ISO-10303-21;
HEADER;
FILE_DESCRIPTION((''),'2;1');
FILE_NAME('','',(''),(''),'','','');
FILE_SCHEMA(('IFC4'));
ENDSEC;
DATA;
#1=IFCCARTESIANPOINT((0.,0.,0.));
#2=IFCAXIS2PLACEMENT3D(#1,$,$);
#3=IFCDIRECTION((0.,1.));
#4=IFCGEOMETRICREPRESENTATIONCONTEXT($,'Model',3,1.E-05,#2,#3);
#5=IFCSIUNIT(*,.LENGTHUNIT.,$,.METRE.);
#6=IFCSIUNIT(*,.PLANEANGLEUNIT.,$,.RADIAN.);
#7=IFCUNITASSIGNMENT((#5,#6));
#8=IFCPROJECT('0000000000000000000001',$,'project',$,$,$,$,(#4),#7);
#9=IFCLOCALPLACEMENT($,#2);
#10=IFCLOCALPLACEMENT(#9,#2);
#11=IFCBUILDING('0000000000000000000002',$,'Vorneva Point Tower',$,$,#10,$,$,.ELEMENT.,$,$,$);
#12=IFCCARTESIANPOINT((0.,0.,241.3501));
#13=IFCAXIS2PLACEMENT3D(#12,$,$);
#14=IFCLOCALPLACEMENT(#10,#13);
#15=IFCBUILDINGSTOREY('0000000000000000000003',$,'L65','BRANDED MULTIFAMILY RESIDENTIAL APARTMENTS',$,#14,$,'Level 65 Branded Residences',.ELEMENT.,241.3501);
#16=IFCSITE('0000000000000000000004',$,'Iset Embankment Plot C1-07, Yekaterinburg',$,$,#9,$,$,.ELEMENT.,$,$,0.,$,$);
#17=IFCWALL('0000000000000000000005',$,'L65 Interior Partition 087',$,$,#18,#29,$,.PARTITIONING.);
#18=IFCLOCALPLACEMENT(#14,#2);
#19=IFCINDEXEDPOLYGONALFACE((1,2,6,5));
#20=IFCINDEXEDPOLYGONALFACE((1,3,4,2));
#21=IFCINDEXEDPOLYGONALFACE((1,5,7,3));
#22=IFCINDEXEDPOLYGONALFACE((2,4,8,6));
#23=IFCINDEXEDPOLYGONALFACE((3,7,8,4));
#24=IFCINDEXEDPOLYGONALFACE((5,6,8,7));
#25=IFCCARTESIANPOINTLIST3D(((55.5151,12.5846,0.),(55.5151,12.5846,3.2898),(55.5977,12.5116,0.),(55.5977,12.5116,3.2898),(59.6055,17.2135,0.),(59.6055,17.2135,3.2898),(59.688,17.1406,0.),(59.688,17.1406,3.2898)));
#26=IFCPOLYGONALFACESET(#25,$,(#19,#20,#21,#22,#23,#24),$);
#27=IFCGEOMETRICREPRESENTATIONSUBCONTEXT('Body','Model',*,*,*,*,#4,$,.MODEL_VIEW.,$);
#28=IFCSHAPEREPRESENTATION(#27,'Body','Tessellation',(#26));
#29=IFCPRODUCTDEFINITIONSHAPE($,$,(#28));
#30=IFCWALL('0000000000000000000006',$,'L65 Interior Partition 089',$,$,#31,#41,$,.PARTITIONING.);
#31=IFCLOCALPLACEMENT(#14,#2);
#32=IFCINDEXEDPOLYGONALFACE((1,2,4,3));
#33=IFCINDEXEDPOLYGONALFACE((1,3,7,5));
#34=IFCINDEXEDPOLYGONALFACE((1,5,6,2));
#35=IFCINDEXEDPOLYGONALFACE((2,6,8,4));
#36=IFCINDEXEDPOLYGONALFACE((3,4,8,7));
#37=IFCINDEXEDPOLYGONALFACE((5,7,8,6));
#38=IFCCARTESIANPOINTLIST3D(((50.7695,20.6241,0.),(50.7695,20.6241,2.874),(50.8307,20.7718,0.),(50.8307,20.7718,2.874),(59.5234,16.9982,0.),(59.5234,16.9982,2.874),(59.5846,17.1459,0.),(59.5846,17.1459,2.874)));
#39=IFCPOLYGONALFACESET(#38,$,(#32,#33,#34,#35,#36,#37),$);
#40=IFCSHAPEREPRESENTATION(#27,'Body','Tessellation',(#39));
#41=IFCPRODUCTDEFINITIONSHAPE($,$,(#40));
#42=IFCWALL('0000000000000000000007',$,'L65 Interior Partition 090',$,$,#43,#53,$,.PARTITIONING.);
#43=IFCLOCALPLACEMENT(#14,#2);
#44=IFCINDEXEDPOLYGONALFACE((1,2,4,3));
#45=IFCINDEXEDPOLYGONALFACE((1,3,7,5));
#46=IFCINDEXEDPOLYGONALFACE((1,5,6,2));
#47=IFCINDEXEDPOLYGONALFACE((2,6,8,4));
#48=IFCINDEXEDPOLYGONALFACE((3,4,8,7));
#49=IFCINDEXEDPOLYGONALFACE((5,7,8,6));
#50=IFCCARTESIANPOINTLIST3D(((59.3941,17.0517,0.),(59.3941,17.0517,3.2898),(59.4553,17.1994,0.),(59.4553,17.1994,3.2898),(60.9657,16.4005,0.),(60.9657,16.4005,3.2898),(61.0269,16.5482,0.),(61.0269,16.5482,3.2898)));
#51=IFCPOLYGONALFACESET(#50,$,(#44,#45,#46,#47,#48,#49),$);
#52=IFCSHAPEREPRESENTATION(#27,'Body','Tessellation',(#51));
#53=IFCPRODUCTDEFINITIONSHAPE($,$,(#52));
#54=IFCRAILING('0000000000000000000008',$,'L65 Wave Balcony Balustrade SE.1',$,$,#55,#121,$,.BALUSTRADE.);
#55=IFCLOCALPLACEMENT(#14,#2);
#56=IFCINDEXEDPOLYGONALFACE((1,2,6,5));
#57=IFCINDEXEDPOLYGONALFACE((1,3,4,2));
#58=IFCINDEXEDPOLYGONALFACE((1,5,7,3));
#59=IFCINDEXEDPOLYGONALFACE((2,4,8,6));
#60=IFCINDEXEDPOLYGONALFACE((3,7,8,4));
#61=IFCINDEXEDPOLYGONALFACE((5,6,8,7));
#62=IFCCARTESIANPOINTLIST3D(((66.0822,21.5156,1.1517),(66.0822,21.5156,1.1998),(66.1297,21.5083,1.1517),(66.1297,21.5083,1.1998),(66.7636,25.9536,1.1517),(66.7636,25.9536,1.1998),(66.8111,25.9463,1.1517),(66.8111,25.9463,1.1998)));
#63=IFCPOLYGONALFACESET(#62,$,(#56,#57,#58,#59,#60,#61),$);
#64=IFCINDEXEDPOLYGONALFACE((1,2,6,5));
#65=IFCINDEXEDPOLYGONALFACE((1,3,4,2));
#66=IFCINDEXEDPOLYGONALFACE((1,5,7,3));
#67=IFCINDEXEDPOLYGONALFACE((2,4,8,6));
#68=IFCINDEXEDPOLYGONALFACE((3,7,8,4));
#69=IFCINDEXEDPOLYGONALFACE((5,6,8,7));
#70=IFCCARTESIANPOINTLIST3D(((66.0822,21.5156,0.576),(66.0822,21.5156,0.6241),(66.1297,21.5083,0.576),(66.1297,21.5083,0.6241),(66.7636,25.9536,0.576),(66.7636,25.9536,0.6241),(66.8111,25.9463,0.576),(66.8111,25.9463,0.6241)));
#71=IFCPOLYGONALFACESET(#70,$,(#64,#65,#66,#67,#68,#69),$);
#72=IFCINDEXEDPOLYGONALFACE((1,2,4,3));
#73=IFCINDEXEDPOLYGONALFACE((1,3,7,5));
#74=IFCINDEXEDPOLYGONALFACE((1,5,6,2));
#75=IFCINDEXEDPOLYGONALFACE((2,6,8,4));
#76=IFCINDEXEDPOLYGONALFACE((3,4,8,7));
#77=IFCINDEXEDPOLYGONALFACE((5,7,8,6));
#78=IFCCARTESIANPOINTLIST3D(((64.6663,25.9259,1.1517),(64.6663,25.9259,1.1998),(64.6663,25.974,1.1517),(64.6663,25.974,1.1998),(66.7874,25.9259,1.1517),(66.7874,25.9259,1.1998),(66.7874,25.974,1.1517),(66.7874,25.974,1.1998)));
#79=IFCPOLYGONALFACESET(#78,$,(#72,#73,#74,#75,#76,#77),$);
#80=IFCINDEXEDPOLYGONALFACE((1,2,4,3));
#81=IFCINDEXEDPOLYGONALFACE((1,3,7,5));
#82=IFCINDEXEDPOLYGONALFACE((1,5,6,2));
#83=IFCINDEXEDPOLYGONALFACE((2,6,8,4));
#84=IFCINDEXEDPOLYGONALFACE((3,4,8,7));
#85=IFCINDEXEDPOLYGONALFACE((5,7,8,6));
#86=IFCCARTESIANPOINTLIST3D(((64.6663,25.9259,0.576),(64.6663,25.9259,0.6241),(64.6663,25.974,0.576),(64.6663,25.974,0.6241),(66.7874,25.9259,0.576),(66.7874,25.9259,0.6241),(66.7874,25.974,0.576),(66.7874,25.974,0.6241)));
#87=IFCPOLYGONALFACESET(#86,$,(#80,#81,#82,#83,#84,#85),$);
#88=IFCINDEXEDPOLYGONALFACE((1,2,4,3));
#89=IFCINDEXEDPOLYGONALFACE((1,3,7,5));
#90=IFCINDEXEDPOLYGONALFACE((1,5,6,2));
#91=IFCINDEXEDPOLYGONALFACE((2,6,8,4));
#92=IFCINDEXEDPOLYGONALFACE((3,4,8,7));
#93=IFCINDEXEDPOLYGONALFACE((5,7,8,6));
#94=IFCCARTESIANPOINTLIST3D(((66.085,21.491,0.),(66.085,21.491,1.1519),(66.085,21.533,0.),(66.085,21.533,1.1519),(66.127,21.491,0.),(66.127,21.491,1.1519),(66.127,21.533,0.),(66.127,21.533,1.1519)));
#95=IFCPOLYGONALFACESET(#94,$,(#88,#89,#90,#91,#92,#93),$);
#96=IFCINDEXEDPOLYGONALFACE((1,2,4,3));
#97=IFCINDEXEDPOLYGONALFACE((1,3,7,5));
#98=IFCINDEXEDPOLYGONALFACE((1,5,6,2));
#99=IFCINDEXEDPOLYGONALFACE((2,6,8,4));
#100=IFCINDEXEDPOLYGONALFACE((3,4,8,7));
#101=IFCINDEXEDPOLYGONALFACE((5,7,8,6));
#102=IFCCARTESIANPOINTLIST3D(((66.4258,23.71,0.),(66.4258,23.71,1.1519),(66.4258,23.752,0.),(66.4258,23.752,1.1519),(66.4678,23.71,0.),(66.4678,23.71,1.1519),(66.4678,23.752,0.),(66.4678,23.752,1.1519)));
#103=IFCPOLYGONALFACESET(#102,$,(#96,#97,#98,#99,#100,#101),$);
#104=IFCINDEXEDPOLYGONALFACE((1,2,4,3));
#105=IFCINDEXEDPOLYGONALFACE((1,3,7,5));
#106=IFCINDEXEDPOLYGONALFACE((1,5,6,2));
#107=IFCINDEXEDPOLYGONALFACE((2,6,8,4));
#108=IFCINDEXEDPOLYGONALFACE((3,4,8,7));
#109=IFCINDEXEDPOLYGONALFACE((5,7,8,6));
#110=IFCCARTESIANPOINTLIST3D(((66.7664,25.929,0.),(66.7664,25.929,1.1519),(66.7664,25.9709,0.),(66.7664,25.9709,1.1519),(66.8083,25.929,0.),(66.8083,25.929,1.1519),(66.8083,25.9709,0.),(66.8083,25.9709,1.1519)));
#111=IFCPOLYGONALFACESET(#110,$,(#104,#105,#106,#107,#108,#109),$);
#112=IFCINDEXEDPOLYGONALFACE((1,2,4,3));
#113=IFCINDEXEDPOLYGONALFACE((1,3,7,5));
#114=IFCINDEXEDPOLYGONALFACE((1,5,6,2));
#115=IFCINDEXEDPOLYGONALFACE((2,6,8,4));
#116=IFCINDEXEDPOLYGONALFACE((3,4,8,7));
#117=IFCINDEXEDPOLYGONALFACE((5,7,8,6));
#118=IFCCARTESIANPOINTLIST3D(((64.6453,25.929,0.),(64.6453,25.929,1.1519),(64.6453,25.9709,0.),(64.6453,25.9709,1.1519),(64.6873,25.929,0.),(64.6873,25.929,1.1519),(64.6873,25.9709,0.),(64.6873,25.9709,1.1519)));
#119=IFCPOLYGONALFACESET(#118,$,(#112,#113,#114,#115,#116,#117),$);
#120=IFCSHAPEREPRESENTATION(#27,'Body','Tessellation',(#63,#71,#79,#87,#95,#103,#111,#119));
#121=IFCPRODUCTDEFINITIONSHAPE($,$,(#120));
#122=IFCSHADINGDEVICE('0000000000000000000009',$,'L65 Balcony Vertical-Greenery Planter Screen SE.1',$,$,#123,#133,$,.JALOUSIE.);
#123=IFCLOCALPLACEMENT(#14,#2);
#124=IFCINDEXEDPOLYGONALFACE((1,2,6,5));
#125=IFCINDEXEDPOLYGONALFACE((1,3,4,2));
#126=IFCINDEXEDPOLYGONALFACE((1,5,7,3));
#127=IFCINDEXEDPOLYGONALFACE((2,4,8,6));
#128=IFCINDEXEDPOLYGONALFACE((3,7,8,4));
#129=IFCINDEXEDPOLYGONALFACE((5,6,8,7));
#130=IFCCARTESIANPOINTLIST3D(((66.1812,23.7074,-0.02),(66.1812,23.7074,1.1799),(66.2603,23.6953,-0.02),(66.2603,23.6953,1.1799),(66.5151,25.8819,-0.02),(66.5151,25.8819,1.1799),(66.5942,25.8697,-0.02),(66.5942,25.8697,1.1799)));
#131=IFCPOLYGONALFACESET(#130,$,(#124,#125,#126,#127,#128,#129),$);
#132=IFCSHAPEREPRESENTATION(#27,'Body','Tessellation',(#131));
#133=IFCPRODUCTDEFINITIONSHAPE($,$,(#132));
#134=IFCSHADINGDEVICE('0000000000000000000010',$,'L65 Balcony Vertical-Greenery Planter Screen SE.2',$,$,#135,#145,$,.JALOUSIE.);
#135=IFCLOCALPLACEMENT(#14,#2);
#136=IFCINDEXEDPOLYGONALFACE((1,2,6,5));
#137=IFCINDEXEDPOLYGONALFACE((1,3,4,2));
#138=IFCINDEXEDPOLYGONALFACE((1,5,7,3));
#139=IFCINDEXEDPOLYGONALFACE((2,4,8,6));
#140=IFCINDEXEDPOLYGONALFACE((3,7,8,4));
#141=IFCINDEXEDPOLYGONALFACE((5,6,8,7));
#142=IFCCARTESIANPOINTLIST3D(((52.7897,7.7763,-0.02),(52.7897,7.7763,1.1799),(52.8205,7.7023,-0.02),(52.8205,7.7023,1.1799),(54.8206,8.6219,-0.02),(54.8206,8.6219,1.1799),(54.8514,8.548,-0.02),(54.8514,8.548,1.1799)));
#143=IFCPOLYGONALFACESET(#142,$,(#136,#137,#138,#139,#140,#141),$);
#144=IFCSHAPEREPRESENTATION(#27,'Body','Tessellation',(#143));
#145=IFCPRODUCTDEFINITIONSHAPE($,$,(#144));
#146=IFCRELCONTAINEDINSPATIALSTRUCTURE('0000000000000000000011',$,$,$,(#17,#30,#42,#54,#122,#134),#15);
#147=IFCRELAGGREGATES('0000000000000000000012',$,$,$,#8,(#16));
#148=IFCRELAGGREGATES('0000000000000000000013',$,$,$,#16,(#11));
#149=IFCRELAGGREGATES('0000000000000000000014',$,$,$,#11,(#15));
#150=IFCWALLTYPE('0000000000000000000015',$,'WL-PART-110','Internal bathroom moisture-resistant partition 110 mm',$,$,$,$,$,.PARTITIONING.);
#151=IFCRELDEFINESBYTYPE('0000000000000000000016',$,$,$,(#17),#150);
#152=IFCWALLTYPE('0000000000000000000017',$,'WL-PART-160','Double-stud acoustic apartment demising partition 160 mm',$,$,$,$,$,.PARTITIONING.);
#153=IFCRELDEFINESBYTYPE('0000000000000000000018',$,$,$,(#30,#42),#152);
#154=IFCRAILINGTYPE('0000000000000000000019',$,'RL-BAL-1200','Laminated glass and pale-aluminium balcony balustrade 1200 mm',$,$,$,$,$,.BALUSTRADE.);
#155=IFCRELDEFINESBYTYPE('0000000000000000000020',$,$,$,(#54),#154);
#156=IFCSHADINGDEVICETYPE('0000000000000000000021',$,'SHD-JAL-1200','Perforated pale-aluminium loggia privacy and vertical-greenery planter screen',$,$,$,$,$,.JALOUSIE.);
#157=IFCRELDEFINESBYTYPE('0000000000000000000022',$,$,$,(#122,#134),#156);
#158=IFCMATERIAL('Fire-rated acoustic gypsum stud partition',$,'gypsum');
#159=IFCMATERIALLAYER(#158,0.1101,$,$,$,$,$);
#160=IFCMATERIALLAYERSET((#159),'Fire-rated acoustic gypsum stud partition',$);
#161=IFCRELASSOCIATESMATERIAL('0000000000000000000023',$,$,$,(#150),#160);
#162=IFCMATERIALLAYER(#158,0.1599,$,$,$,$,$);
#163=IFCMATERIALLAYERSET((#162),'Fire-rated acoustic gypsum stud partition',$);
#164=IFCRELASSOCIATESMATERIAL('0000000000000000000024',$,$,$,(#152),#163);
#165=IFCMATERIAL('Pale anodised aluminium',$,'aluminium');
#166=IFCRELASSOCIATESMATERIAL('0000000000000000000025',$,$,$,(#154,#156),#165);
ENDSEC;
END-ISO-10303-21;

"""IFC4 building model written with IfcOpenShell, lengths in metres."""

from ifc_helpers import new_model, si_unit, direction, frame, frame_2d, origin, origin_2d, place, context, subcontext, project, spatial, rectangle, extrude, material, layer, layer_set, type_object, element, save


model = new_model("IFC4")

# Units and contexts
model_context = context("Model", 3, precision=1e-05, world=origin(), true_north=direction((0.0, 1.0)))
body_context = subcontext(model_context, "Body", "Model", "MODEL_VIEW")
ifc_project = project(units=[si_unit("LENGTHUNIT", "METRE"), si_unit("PLANEANGLEUNIT", "RADIAN")], contexts=[model_context])

# Site, building, storey
site_placement = place(None, origin())
site = spatial("IfcSite", under=ifc_project, at=site_placement, Name="Iset Embankment Plot C1-07, Yekaterinburg", CompositionType="ELEMENT", RefElevation=0.0)
building_placement = place(site_placement, origin())
building = spatial("IfcBuilding", under=site, at=building_placement, Name="Vorneva Point Tower", CompositionType="ELEMENT")
storey_placement = place(building_placement, frame((0.0, 0.0, 241.3501)))
storey = spatial("IfcBuildingStorey", under=building, at=storey_placement, Name="L65", Description="BRANDED MULTIFAMILY RESIDENTIAL APARTMENTS", LongName="Level 65 Branded Residences", CompositionType="ELEMENT", Elevation=241.3501)

# Shared definitions
ifc_material_1 = material(Name="Pale anodised aluminium", Category="aluminium")

# Walls
ifc_material_2 = material(Name="Fire-rated acoustic gypsum stud partition", Category="gypsum")
ifc_layer_1 = layer(ifc_material_2, 0.1101)
ifc_layer_set_1 = layer_set([ifc_layer_1], Name="Fire-rated acoustic gypsum stud partition")
wall_type_1 = type_object("IfcWallType", Name="WL-PART-110", Description="Internal bathroom moisture-resistant partition 110 mm", PredefinedType="PARTITIONING", material=ifc_layer_set_1)
wall_1_placement = place(storey_placement, frame((55.5564, 12.5481, 0.0), z_axis=(0.0, 0.0, 1.0), x_axis=(0.662168, 0.749356, 0.0)))
element("IfcWall", 1, at=wall_1_placement, inside=storey, type_object=wall_type_1, Name="L65 Interior Partition 087", PredefinedType="PARTITIONING", context=body_context, shape_type="SweptSolid", body=[
    extrude(rectangle(XDim=6.1772, YDim=0.1101, at=frame_2d((3.0886, 0.0))), origin(), (0.0, 0.0, 1.0), 3.2898),
])
ifc_layer_2 = layer(ifc_material_2, 0.1599)
ifc_layer_set_2 = layer_set([ifc_layer_2], Name="Fire-rated acoustic gypsum stud partition")
wall_type_2 = type_object("IfcWallType", Name="WL-PART-160", Description="Double-stud acoustic apartment demising partition 160 mm", PredefinedType="PARTITIONING", material=ifc_layer_set_2)
wall_2_placement = place(storey_placement, frame((59.554, 17.072, 0.0), z_axis=(0.0, 0.0, 1.0), x_axis=(-0.92388, 0.382683, 0.0)))
element("IfcWall", 2, at=wall_2_placement, inside=storey, type_object=wall_type_2, Name="L65 Interior Partition 089", PredefinedType="PARTITIONING", context=body_context, shape_type="SweptSolid", body=[
    extrude(rectangle(XDim=9.4751, YDim=0.1599, at=frame_2d((4.7375, 0.0))), origin(), (0.0, 0.0, 1.0), 2.874),
])
wall_3_placement = place(storey_placement, frame((60.9963, 16.4744, 0.0), z_axis=(0.0, 0.0, 1.0), x_axis=(-0.923844, 0.38277, 0.0)))
element("IfcWall", 3, at=wall_3_placement, inside=storey, type_object=wall_type_2, Name="L65 Interior Partition 090", PredefinedType="PARTITIONING", context=body_context, shape_type="SweptSolid", body=[
    extrude(rectangle(XDim=1.7012, YDim=0.1599, at=frame_2d((0.8506, 0.0))), origin(), (0.0, 0.0, 1.0), 3.2898),
])

# Railing
railing_type = type_object("IfcRailingType", Name="RL-BAL-1200", Description="Laminated glass and pale-aluminium balcony balustrade 1200 mm", PredefinedType="BALUSTRADE", material=ifc_material_1)
railing_placement = place(storey_placement, frame((66.106, 21.512, 0.0)))
element("IfcRailing", 4, at=railing_placement, inside=storey, type_object=railing_type, Name="L65 Wave Balcony Balustrade SE.1", PredefinedType="BALUSTRADE", context=body_context, shape_type="SweptSolid", body=[
    extrude(rectangle(XDim=0.0481, YDim=0.0481, at=origin_2d()), frame((0.0, 0.0, 1.1758), z_axis=(0.151759, 0.988418, 0.0), x_axis=(-0.988418, 0.151759, 0.0)), (0.0, 0.0, 1.0), 4.49),
    extrude(rectangle(XDim=0.0481, YDim=0.0481, at=origin_2d()), frame((0.0, 0.0, 0.6001), z_axis=(0.151759, 0.988418, 0.0), x_axis=(-0.988418, 0.151759, 0.0)), (0.0, 0.0, 1.0), 4.49),
    extrude(rectangle(XDim=0.0481, YDim=0.0481, at=origin_2d()), frame((0.6814, 4.438, 1.1758), z_axis=(-1.0, 0.0, 0.0), x_axis=(0.0, -1.0, 0.0)), (0.0, 0.0, 1.0), 2.1211),
    extrude(rectangle(XDim=0.0481, YDim=0.0481, at=origin_2d()), frame((0.6814, 4.438, 0.6001), z_axis=(-1.0, 0.0, 0.0), x_axis=(0.0, -1.0, 0.0)), (0.0, 0.0, 1.0), 2.1211),
    extrude(rectangle(XDim=0.042, YDim=0.042, at=origin_2d()), origin(), (0.0, 0.0, 1.0), 1.1519),
    extrude(rectangle(XDim=0.042, YDim=0.042, at=origin_2d()), frame((0.3408, 2.219, 0.0)), (0.0, 0.0, 1.0), 1.1519),
    extrude(rectangle(XDim=0.042, YDim=0.042, at=origin_2d()), frame((0.6814, 4.438, 0.0)), (0.0, 0.0, 1.0), 1.1519),
    extrude(rectangle(XDim=0.042, YDim=0.042, at=origin_2d()), frame((-1.4397, 4.438, 0.0)), (0.0, 0.0, 1.0), 1.1519),
])

# Shading devices
shading_device_type = type_object("IfcShadingDeviceType", Name="SHD-JAL-1200", Description="Perforated pale-aluminium loggia privacy and vertical-greenery planter screen", PredefinedType="JALOUSIE", material=ifc_material_1)
for number, where, z_axis, x_axis, name in (
    (5, (66.3877, 24.7886, -0.02), (0.0, 0.0, 1.0), (0.151761, 0.988417, 0.0), "L65 Balcony Vertical-Greenery Planter Screen SE.1"),
    (6, (53.8206, 8.1621, -0.02), (0.0, 0.0, 1.0), (0.92317, 0.384392, 0.0), "L65 Balcony Vertical-Greenery Planter Screen SE.2"),
):
    element("IfcShadingDevice", number, at=place(storey_placement, frame(where, z_axis=z_axis, x_axis=x_axis)), inside=storey, type_object=shading_device_type, Name=name, PredefinedType="JALOUSIE", context=body_context, shape_type="SweptSolid", body=[
        extrude(rectangle(XDim=2.2, YDim=0.0801, at=origin_2d()), origin(), (0.0, 0.0, 1.0), 1.2),
    ])

save(model, "model.ifc")
